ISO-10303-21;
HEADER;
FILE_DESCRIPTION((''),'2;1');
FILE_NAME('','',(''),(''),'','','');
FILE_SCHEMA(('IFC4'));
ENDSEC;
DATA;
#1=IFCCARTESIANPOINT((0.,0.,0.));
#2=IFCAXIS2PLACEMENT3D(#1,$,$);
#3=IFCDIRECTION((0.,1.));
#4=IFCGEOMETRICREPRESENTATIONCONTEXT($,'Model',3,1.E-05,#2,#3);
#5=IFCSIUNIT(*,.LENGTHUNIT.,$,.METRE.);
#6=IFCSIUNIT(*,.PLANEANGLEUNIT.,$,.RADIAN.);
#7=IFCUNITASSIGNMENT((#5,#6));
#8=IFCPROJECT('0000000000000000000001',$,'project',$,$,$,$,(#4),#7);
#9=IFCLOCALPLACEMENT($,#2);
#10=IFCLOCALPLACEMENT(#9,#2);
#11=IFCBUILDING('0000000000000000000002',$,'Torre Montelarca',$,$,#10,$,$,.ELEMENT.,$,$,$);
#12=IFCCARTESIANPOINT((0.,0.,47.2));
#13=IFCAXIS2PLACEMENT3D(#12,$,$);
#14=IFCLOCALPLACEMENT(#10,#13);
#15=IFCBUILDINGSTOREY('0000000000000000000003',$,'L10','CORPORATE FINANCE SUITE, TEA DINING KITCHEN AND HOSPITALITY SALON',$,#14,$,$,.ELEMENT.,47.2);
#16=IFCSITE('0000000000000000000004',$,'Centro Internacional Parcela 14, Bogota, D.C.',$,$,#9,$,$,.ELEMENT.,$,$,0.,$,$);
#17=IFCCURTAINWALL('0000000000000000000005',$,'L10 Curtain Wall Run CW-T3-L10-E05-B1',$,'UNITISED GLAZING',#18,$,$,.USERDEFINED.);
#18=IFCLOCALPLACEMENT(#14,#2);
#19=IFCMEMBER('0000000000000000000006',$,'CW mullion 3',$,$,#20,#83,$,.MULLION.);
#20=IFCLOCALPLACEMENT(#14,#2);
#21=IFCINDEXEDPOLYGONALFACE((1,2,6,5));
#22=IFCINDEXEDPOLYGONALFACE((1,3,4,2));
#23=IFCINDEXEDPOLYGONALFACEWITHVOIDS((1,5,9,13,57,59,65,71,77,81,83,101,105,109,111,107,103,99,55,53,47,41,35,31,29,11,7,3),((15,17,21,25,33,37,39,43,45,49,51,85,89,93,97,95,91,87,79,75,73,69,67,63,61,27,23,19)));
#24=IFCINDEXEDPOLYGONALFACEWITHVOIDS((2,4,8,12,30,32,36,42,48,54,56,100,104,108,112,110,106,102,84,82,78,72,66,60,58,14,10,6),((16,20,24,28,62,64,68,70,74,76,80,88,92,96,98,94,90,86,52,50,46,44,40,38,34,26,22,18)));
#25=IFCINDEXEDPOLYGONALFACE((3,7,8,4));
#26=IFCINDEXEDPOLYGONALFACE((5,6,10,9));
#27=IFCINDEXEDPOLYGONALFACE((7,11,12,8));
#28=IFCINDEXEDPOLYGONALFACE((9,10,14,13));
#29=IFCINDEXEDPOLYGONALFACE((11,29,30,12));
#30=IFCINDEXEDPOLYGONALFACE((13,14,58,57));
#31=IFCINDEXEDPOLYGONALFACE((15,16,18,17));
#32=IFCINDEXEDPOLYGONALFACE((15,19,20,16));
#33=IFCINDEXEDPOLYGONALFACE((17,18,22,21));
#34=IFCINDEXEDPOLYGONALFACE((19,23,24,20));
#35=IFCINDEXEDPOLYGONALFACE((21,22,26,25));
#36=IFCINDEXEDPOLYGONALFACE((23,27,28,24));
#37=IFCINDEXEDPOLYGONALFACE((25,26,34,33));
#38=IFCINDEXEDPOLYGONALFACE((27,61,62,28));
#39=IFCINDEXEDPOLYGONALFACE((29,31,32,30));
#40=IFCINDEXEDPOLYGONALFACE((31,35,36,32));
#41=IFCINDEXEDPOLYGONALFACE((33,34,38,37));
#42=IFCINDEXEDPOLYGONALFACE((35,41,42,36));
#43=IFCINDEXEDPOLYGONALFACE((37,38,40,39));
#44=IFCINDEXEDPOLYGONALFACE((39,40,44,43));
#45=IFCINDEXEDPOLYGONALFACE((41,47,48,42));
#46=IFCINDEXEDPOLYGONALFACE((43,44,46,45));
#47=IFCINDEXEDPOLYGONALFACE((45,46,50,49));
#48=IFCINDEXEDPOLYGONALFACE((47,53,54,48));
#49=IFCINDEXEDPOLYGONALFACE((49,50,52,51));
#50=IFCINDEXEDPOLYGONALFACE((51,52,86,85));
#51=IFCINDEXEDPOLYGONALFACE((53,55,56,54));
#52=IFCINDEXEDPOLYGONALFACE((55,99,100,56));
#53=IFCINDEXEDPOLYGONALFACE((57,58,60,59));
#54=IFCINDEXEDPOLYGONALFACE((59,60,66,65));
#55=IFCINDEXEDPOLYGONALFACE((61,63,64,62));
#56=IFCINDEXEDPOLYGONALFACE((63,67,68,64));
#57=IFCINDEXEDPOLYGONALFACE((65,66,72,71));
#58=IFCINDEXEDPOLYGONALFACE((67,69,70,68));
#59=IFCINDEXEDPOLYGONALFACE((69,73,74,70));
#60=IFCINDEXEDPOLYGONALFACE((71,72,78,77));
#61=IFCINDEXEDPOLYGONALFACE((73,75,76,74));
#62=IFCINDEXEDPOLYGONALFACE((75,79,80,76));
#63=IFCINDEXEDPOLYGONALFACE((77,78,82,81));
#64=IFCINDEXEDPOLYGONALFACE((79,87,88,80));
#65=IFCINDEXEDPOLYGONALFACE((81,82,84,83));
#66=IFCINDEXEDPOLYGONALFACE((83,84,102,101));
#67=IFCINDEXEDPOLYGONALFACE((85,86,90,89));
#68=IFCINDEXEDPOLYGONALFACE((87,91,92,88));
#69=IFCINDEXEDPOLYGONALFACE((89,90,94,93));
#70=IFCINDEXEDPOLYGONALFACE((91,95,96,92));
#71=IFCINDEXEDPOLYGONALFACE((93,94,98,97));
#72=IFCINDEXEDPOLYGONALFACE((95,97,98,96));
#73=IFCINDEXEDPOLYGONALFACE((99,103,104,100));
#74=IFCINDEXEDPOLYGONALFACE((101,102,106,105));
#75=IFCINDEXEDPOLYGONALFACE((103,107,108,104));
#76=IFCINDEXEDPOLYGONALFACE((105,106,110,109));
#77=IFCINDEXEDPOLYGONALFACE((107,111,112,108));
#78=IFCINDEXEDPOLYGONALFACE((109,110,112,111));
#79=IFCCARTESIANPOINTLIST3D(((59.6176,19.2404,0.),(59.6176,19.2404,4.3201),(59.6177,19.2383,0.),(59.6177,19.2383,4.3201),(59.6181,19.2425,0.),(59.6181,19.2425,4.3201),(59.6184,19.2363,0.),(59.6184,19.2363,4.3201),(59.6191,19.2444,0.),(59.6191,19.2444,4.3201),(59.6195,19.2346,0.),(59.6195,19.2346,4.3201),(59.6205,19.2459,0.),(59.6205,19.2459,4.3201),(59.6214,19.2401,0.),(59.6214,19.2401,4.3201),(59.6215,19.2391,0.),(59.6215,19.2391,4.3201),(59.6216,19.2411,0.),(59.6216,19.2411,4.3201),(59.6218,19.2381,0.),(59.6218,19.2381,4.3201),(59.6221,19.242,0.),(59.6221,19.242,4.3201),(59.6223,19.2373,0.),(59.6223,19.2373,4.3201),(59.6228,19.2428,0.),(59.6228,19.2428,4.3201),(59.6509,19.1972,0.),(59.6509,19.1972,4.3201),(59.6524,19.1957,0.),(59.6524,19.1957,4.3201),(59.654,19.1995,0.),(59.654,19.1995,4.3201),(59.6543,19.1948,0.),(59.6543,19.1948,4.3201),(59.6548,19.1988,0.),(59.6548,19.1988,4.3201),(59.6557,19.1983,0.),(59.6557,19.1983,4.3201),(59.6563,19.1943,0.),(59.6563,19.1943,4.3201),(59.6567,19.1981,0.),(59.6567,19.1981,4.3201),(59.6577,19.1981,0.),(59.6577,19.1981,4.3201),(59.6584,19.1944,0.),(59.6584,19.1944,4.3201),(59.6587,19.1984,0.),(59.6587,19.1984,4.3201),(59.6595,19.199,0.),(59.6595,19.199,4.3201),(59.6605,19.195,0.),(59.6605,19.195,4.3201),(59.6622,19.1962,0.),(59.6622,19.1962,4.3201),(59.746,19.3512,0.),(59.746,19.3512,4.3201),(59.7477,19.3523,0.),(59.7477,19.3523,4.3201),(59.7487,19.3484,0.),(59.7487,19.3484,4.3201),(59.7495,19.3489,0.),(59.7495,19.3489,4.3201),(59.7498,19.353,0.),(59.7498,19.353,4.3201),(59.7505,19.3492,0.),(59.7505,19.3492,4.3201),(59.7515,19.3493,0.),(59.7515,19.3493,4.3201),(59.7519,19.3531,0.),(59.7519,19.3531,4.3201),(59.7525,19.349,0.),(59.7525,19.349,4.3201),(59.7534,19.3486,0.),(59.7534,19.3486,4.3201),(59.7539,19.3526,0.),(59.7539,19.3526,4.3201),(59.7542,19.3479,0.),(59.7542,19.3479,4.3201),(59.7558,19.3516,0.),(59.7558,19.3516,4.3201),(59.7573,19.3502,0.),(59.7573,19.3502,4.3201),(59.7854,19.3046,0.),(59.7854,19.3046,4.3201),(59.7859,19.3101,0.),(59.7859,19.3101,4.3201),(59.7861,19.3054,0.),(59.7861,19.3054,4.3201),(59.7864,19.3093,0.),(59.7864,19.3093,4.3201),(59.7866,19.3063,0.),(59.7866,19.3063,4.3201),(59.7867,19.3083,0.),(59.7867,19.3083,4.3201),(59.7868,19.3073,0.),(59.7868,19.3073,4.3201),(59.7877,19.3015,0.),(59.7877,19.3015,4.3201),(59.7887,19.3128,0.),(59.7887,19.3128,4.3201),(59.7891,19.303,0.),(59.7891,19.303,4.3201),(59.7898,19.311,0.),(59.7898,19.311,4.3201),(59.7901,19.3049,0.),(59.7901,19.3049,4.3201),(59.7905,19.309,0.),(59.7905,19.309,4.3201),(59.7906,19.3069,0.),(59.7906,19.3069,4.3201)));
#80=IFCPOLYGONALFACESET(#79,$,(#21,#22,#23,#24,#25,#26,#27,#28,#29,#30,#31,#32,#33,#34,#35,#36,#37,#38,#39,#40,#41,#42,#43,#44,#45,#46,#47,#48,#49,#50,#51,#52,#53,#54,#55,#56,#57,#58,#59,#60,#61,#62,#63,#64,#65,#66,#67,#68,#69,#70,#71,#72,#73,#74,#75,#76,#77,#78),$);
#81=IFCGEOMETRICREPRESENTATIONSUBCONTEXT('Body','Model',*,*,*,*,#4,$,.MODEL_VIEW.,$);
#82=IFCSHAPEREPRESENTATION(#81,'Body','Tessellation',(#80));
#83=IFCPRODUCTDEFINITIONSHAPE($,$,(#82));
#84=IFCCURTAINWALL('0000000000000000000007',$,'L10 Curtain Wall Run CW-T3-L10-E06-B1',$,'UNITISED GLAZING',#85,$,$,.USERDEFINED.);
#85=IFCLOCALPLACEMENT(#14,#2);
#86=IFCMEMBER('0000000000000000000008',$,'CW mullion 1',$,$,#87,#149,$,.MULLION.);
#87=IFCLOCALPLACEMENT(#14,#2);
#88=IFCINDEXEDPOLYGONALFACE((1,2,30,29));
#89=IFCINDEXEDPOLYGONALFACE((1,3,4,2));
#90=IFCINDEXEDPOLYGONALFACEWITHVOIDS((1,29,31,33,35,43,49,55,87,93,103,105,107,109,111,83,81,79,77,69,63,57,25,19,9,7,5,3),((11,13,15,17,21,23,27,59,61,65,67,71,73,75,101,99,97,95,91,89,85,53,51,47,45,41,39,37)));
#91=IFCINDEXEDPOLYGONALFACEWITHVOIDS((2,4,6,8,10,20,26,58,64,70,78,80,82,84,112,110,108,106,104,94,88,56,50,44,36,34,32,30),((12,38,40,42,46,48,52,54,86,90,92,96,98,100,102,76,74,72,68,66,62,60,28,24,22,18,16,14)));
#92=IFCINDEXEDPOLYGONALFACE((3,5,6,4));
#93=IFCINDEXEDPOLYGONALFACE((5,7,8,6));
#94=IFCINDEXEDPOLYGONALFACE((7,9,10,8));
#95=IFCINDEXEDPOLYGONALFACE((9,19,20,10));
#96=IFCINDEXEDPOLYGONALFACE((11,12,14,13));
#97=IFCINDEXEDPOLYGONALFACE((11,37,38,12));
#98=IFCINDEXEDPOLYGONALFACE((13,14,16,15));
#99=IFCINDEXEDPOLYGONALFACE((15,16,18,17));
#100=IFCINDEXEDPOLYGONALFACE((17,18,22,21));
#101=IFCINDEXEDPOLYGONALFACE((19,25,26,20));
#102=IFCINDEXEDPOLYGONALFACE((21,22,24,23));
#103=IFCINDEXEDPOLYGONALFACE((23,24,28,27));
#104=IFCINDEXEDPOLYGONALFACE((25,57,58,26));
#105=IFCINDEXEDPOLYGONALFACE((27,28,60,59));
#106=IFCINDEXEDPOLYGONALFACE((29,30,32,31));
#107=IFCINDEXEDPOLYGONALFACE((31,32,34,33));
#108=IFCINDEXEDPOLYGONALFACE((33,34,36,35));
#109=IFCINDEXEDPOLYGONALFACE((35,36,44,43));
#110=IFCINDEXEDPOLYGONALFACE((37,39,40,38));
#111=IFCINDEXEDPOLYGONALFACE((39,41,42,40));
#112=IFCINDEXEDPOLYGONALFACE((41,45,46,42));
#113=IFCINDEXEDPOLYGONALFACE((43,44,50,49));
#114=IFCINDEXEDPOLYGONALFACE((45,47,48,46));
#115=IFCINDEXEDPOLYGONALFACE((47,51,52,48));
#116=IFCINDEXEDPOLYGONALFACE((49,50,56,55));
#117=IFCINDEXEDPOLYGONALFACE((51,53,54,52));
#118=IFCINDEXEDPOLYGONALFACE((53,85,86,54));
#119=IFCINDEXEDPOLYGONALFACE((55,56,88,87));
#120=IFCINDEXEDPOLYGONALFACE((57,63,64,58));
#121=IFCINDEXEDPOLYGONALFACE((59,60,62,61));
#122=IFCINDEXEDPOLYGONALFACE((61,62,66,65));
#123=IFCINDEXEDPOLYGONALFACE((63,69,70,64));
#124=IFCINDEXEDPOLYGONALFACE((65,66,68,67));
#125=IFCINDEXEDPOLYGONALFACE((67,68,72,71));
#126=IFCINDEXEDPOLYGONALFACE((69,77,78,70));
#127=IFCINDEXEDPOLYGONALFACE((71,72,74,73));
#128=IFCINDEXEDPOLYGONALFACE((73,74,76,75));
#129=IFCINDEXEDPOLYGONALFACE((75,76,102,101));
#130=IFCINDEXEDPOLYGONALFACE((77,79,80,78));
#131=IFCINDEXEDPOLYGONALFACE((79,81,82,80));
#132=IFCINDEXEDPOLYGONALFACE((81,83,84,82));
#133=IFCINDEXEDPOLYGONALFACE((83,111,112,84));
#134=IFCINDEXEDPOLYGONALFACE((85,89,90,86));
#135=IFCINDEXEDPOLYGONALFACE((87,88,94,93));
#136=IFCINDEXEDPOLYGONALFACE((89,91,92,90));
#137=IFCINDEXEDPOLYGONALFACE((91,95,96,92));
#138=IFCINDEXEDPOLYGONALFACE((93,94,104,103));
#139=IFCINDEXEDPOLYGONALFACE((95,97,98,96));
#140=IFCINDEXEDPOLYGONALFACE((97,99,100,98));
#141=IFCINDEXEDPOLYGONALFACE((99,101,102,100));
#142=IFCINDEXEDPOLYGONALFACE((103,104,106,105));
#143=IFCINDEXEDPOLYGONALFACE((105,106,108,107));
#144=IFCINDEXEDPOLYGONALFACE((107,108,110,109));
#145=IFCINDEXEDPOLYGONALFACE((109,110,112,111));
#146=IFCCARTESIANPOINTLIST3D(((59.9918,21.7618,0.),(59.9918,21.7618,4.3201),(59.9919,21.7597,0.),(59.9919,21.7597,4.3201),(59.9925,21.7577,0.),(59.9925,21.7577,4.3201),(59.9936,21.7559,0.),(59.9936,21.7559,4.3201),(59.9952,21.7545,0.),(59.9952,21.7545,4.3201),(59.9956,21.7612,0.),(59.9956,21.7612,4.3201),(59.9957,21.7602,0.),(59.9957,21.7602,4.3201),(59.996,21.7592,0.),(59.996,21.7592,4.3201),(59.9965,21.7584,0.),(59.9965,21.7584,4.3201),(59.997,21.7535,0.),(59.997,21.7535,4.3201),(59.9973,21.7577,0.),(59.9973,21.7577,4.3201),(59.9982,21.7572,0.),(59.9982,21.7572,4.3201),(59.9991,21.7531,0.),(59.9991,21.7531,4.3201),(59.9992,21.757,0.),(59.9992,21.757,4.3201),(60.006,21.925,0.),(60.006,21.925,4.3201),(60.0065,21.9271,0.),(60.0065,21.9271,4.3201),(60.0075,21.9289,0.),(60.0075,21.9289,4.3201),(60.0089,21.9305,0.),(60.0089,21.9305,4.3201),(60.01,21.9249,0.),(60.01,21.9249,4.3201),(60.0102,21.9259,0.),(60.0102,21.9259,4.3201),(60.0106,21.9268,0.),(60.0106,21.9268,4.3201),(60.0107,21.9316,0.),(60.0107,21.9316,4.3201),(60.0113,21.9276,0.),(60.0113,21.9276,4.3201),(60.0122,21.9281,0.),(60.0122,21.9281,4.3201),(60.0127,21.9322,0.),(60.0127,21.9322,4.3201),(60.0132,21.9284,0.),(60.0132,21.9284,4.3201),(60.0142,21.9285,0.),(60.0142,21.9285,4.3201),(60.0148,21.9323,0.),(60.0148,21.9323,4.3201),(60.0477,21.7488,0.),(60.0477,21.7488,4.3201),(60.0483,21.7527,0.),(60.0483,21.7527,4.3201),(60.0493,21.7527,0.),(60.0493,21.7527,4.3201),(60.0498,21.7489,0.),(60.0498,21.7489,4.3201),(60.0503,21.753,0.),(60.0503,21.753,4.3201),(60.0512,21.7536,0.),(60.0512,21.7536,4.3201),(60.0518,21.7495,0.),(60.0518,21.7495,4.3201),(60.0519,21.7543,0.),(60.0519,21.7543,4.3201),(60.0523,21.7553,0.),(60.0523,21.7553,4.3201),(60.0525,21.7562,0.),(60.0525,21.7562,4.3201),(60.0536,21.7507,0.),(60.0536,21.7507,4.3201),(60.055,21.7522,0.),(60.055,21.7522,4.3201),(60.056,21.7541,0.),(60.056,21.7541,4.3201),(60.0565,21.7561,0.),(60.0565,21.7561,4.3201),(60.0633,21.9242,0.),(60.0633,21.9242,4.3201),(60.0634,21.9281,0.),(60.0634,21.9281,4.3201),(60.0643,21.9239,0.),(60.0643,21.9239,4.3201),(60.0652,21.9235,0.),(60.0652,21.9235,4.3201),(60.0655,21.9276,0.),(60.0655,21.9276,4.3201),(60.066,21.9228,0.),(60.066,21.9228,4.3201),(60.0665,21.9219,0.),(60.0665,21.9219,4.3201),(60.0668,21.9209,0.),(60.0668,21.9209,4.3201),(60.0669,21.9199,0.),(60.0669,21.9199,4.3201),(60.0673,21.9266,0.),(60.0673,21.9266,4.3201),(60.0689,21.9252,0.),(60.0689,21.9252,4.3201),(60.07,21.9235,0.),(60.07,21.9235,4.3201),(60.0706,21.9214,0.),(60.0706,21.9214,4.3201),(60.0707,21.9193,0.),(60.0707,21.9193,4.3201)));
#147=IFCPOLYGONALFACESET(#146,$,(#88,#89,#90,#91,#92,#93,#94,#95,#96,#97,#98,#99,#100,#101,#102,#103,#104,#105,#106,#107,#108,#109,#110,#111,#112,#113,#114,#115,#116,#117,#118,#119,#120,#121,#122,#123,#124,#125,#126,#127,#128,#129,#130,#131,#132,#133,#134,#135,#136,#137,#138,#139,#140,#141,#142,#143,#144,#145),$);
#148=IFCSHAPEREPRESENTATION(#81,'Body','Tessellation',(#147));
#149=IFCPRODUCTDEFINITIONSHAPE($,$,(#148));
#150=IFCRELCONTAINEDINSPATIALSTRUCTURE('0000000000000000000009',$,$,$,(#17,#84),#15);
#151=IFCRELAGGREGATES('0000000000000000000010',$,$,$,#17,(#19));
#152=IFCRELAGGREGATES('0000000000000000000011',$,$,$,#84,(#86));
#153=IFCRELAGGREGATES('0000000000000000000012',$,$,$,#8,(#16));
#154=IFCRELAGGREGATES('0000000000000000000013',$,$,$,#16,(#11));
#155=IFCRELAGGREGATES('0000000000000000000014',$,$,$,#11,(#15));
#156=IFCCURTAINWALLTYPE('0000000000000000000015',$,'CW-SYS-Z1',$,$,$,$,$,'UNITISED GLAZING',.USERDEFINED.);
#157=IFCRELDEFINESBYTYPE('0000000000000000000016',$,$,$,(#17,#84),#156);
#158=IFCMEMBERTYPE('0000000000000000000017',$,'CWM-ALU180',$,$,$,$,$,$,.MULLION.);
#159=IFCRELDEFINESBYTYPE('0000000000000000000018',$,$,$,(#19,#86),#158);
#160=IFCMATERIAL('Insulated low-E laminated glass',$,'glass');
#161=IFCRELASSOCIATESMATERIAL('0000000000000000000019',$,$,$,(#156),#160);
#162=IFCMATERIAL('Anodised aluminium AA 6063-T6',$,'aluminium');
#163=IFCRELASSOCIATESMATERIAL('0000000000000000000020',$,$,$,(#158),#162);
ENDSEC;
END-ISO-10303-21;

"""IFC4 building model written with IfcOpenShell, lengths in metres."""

from ifc_helpers import new_model, si_unit, direction, frame, origin, origin_2d, place, context, subcontext, project, spatial, hollow_rectangle, extrude, source, transform, mapped, material, material_profile, profile_set, type_object, element, aggregate, save


model = new_model("IFC4")

# Units and contexts
model_context = context("Model", 3, precision=1e-05, world=origin(), true_north=direction((0.0, 1.0)))
body_context = subcontext(model_context, "Body", "Model", "MODEL_VIEW")
ifc_project = project(units=[si_unit("LENGTHUNIT", "METRE"), si_unit("PLANEANGLEUNIT", "RADIAN")], contexts=[model_context])

# Site, building, storey
site_placement = place(None, origin())
site = spatial("IfcSite", under=ifc_project, at=site_placement, Name="Centro Internacional Parcela 14, Bogota, D.C.", CompositionType="ELEMENT", RefElevation=0.0)
building_placement = place(site_placement, origin())
building = spatial("IfcBuilding", under=site, at=building_placement, Name="Torre Montelarca", CompositionType="ELEMENT")
storey_placement = place(building_placement, frame((0.0, 0.0, 47.2)))
storey = spatial("IfcBuildingStorey", under=building, at=storey_placement, Name="L10", Description="CORPORATE FINANCE SUITE, TEA DINING KITCHEN AND HOSPITALITY SALON", CompositionType="ELEMENT", Elevation=47.2)

# Curtain walls, members
ifc_material_1 = material(Name="Insulated low-E laminated glass", Category="glass")
curtain_wall_type = type_object("IfcCurtainWallType", Name="CW-SYS-Z1", ElementType="UNITISED GLAZING", PredefinedType="USERDEFINED", material=ifc_material_1)
ifc_material_2 = material(Name="Anodised aluminium AA 6063-T6", Category="aluminium")
ifc_material_profile_1 = material_profile(ifc_material_2, hollow_rectangle(XDim=0.0649, YDim=0.1799, WallThickness=0.0039, InnerFilletRadius=0.0039, OuterFilletRadius=0.0081, at=origin_2d()), Name="ALU65X180X4", Category="aluminium")
ifc_profile_set_1 = profile_set([ifc_material_profile_1], Name="Anodised aluminium AA 6063-T6")
member_type_1 = type_object("IfcMemberType", Name="CWM-ALU180", PredefinedType="MULLION", material=ifc_profile_set_1)
shared_shape_1 = source(origin(), body_context, "Body", "SweptSolid", [
    extrude(hollow_rectangle(XDim=0.0649, YDim=0.1799, WallThickness=0.0039, InnerFilletRadius=0.0039, OuterFilletRadius=0.0081, at=origin_2d()), origin(), (0.0, 0.0, 1.0), 4.3201),
])
curtain_wall_1_placement = place(storey_placement, origin())
curtain_wall_1 = element("IfcCurtainWall", 1, at=curtain_wall_1_placement, inside=storey, type_object=curtain_wall_type, Name="L10 Curtain Wall Run CW-T3-L10-E05-B1", ObjectType="UNITISED GLAZING", PredefinedType="USERDEFINED")
member_1_placement = place(storey_placement, frame((59.7041, 19.2737, 0.0), z_axis=(0.0, 0.0, 1.0), x_axis=(-0.64279, 0.766043, 0.0)))
member_1 = element("IfcMember", 2, at=member_1_placement, type_object=member_type_1, Name="CW mullion 3", PredefinedType="MULLION", context=body_context, shape_type="MappedRepresentation", body=[
    mapped(shared_shape_1, transform((0.0, 0.0, 0.0), scale=1.0)),
])
curtain_wall_2_placement = place(storey_placement, origin())
curtain_wall_2 = element("IfcCurtainWall", 3, at=curtain_wall_2_placement, inside=storey, type_object=curtain_wall_type, Name="L10 Curtain Wall Run CW-T3-L10-E06-B1", ObjectType="UNITISED GLAZING", PredefinedType="USERDEFINED")
member_2_placement = place(storey_placement, frame((60.0312, 21.8406, 0.0), z_axis=(0.0, 0.0, 1.0), x_axis=(-0.996194, 0.087166, 0.0)))
member_2 = element("IfcMember", 4, at=member_2_placement, type_object=member_type_1, Name="CW mullion 1", PredefinedType="MULLION", context=body_context, shape_type="MappedRepresentation", body=[
    mapped(shared_shape_1, transform((0.0, 0.0, 0.0), scale=1.0)),
])

aggregate(curtain_wall_1, [member_1])
aggregate(curtain_wall_2, [member_2])

save(model, "model.ifc")
